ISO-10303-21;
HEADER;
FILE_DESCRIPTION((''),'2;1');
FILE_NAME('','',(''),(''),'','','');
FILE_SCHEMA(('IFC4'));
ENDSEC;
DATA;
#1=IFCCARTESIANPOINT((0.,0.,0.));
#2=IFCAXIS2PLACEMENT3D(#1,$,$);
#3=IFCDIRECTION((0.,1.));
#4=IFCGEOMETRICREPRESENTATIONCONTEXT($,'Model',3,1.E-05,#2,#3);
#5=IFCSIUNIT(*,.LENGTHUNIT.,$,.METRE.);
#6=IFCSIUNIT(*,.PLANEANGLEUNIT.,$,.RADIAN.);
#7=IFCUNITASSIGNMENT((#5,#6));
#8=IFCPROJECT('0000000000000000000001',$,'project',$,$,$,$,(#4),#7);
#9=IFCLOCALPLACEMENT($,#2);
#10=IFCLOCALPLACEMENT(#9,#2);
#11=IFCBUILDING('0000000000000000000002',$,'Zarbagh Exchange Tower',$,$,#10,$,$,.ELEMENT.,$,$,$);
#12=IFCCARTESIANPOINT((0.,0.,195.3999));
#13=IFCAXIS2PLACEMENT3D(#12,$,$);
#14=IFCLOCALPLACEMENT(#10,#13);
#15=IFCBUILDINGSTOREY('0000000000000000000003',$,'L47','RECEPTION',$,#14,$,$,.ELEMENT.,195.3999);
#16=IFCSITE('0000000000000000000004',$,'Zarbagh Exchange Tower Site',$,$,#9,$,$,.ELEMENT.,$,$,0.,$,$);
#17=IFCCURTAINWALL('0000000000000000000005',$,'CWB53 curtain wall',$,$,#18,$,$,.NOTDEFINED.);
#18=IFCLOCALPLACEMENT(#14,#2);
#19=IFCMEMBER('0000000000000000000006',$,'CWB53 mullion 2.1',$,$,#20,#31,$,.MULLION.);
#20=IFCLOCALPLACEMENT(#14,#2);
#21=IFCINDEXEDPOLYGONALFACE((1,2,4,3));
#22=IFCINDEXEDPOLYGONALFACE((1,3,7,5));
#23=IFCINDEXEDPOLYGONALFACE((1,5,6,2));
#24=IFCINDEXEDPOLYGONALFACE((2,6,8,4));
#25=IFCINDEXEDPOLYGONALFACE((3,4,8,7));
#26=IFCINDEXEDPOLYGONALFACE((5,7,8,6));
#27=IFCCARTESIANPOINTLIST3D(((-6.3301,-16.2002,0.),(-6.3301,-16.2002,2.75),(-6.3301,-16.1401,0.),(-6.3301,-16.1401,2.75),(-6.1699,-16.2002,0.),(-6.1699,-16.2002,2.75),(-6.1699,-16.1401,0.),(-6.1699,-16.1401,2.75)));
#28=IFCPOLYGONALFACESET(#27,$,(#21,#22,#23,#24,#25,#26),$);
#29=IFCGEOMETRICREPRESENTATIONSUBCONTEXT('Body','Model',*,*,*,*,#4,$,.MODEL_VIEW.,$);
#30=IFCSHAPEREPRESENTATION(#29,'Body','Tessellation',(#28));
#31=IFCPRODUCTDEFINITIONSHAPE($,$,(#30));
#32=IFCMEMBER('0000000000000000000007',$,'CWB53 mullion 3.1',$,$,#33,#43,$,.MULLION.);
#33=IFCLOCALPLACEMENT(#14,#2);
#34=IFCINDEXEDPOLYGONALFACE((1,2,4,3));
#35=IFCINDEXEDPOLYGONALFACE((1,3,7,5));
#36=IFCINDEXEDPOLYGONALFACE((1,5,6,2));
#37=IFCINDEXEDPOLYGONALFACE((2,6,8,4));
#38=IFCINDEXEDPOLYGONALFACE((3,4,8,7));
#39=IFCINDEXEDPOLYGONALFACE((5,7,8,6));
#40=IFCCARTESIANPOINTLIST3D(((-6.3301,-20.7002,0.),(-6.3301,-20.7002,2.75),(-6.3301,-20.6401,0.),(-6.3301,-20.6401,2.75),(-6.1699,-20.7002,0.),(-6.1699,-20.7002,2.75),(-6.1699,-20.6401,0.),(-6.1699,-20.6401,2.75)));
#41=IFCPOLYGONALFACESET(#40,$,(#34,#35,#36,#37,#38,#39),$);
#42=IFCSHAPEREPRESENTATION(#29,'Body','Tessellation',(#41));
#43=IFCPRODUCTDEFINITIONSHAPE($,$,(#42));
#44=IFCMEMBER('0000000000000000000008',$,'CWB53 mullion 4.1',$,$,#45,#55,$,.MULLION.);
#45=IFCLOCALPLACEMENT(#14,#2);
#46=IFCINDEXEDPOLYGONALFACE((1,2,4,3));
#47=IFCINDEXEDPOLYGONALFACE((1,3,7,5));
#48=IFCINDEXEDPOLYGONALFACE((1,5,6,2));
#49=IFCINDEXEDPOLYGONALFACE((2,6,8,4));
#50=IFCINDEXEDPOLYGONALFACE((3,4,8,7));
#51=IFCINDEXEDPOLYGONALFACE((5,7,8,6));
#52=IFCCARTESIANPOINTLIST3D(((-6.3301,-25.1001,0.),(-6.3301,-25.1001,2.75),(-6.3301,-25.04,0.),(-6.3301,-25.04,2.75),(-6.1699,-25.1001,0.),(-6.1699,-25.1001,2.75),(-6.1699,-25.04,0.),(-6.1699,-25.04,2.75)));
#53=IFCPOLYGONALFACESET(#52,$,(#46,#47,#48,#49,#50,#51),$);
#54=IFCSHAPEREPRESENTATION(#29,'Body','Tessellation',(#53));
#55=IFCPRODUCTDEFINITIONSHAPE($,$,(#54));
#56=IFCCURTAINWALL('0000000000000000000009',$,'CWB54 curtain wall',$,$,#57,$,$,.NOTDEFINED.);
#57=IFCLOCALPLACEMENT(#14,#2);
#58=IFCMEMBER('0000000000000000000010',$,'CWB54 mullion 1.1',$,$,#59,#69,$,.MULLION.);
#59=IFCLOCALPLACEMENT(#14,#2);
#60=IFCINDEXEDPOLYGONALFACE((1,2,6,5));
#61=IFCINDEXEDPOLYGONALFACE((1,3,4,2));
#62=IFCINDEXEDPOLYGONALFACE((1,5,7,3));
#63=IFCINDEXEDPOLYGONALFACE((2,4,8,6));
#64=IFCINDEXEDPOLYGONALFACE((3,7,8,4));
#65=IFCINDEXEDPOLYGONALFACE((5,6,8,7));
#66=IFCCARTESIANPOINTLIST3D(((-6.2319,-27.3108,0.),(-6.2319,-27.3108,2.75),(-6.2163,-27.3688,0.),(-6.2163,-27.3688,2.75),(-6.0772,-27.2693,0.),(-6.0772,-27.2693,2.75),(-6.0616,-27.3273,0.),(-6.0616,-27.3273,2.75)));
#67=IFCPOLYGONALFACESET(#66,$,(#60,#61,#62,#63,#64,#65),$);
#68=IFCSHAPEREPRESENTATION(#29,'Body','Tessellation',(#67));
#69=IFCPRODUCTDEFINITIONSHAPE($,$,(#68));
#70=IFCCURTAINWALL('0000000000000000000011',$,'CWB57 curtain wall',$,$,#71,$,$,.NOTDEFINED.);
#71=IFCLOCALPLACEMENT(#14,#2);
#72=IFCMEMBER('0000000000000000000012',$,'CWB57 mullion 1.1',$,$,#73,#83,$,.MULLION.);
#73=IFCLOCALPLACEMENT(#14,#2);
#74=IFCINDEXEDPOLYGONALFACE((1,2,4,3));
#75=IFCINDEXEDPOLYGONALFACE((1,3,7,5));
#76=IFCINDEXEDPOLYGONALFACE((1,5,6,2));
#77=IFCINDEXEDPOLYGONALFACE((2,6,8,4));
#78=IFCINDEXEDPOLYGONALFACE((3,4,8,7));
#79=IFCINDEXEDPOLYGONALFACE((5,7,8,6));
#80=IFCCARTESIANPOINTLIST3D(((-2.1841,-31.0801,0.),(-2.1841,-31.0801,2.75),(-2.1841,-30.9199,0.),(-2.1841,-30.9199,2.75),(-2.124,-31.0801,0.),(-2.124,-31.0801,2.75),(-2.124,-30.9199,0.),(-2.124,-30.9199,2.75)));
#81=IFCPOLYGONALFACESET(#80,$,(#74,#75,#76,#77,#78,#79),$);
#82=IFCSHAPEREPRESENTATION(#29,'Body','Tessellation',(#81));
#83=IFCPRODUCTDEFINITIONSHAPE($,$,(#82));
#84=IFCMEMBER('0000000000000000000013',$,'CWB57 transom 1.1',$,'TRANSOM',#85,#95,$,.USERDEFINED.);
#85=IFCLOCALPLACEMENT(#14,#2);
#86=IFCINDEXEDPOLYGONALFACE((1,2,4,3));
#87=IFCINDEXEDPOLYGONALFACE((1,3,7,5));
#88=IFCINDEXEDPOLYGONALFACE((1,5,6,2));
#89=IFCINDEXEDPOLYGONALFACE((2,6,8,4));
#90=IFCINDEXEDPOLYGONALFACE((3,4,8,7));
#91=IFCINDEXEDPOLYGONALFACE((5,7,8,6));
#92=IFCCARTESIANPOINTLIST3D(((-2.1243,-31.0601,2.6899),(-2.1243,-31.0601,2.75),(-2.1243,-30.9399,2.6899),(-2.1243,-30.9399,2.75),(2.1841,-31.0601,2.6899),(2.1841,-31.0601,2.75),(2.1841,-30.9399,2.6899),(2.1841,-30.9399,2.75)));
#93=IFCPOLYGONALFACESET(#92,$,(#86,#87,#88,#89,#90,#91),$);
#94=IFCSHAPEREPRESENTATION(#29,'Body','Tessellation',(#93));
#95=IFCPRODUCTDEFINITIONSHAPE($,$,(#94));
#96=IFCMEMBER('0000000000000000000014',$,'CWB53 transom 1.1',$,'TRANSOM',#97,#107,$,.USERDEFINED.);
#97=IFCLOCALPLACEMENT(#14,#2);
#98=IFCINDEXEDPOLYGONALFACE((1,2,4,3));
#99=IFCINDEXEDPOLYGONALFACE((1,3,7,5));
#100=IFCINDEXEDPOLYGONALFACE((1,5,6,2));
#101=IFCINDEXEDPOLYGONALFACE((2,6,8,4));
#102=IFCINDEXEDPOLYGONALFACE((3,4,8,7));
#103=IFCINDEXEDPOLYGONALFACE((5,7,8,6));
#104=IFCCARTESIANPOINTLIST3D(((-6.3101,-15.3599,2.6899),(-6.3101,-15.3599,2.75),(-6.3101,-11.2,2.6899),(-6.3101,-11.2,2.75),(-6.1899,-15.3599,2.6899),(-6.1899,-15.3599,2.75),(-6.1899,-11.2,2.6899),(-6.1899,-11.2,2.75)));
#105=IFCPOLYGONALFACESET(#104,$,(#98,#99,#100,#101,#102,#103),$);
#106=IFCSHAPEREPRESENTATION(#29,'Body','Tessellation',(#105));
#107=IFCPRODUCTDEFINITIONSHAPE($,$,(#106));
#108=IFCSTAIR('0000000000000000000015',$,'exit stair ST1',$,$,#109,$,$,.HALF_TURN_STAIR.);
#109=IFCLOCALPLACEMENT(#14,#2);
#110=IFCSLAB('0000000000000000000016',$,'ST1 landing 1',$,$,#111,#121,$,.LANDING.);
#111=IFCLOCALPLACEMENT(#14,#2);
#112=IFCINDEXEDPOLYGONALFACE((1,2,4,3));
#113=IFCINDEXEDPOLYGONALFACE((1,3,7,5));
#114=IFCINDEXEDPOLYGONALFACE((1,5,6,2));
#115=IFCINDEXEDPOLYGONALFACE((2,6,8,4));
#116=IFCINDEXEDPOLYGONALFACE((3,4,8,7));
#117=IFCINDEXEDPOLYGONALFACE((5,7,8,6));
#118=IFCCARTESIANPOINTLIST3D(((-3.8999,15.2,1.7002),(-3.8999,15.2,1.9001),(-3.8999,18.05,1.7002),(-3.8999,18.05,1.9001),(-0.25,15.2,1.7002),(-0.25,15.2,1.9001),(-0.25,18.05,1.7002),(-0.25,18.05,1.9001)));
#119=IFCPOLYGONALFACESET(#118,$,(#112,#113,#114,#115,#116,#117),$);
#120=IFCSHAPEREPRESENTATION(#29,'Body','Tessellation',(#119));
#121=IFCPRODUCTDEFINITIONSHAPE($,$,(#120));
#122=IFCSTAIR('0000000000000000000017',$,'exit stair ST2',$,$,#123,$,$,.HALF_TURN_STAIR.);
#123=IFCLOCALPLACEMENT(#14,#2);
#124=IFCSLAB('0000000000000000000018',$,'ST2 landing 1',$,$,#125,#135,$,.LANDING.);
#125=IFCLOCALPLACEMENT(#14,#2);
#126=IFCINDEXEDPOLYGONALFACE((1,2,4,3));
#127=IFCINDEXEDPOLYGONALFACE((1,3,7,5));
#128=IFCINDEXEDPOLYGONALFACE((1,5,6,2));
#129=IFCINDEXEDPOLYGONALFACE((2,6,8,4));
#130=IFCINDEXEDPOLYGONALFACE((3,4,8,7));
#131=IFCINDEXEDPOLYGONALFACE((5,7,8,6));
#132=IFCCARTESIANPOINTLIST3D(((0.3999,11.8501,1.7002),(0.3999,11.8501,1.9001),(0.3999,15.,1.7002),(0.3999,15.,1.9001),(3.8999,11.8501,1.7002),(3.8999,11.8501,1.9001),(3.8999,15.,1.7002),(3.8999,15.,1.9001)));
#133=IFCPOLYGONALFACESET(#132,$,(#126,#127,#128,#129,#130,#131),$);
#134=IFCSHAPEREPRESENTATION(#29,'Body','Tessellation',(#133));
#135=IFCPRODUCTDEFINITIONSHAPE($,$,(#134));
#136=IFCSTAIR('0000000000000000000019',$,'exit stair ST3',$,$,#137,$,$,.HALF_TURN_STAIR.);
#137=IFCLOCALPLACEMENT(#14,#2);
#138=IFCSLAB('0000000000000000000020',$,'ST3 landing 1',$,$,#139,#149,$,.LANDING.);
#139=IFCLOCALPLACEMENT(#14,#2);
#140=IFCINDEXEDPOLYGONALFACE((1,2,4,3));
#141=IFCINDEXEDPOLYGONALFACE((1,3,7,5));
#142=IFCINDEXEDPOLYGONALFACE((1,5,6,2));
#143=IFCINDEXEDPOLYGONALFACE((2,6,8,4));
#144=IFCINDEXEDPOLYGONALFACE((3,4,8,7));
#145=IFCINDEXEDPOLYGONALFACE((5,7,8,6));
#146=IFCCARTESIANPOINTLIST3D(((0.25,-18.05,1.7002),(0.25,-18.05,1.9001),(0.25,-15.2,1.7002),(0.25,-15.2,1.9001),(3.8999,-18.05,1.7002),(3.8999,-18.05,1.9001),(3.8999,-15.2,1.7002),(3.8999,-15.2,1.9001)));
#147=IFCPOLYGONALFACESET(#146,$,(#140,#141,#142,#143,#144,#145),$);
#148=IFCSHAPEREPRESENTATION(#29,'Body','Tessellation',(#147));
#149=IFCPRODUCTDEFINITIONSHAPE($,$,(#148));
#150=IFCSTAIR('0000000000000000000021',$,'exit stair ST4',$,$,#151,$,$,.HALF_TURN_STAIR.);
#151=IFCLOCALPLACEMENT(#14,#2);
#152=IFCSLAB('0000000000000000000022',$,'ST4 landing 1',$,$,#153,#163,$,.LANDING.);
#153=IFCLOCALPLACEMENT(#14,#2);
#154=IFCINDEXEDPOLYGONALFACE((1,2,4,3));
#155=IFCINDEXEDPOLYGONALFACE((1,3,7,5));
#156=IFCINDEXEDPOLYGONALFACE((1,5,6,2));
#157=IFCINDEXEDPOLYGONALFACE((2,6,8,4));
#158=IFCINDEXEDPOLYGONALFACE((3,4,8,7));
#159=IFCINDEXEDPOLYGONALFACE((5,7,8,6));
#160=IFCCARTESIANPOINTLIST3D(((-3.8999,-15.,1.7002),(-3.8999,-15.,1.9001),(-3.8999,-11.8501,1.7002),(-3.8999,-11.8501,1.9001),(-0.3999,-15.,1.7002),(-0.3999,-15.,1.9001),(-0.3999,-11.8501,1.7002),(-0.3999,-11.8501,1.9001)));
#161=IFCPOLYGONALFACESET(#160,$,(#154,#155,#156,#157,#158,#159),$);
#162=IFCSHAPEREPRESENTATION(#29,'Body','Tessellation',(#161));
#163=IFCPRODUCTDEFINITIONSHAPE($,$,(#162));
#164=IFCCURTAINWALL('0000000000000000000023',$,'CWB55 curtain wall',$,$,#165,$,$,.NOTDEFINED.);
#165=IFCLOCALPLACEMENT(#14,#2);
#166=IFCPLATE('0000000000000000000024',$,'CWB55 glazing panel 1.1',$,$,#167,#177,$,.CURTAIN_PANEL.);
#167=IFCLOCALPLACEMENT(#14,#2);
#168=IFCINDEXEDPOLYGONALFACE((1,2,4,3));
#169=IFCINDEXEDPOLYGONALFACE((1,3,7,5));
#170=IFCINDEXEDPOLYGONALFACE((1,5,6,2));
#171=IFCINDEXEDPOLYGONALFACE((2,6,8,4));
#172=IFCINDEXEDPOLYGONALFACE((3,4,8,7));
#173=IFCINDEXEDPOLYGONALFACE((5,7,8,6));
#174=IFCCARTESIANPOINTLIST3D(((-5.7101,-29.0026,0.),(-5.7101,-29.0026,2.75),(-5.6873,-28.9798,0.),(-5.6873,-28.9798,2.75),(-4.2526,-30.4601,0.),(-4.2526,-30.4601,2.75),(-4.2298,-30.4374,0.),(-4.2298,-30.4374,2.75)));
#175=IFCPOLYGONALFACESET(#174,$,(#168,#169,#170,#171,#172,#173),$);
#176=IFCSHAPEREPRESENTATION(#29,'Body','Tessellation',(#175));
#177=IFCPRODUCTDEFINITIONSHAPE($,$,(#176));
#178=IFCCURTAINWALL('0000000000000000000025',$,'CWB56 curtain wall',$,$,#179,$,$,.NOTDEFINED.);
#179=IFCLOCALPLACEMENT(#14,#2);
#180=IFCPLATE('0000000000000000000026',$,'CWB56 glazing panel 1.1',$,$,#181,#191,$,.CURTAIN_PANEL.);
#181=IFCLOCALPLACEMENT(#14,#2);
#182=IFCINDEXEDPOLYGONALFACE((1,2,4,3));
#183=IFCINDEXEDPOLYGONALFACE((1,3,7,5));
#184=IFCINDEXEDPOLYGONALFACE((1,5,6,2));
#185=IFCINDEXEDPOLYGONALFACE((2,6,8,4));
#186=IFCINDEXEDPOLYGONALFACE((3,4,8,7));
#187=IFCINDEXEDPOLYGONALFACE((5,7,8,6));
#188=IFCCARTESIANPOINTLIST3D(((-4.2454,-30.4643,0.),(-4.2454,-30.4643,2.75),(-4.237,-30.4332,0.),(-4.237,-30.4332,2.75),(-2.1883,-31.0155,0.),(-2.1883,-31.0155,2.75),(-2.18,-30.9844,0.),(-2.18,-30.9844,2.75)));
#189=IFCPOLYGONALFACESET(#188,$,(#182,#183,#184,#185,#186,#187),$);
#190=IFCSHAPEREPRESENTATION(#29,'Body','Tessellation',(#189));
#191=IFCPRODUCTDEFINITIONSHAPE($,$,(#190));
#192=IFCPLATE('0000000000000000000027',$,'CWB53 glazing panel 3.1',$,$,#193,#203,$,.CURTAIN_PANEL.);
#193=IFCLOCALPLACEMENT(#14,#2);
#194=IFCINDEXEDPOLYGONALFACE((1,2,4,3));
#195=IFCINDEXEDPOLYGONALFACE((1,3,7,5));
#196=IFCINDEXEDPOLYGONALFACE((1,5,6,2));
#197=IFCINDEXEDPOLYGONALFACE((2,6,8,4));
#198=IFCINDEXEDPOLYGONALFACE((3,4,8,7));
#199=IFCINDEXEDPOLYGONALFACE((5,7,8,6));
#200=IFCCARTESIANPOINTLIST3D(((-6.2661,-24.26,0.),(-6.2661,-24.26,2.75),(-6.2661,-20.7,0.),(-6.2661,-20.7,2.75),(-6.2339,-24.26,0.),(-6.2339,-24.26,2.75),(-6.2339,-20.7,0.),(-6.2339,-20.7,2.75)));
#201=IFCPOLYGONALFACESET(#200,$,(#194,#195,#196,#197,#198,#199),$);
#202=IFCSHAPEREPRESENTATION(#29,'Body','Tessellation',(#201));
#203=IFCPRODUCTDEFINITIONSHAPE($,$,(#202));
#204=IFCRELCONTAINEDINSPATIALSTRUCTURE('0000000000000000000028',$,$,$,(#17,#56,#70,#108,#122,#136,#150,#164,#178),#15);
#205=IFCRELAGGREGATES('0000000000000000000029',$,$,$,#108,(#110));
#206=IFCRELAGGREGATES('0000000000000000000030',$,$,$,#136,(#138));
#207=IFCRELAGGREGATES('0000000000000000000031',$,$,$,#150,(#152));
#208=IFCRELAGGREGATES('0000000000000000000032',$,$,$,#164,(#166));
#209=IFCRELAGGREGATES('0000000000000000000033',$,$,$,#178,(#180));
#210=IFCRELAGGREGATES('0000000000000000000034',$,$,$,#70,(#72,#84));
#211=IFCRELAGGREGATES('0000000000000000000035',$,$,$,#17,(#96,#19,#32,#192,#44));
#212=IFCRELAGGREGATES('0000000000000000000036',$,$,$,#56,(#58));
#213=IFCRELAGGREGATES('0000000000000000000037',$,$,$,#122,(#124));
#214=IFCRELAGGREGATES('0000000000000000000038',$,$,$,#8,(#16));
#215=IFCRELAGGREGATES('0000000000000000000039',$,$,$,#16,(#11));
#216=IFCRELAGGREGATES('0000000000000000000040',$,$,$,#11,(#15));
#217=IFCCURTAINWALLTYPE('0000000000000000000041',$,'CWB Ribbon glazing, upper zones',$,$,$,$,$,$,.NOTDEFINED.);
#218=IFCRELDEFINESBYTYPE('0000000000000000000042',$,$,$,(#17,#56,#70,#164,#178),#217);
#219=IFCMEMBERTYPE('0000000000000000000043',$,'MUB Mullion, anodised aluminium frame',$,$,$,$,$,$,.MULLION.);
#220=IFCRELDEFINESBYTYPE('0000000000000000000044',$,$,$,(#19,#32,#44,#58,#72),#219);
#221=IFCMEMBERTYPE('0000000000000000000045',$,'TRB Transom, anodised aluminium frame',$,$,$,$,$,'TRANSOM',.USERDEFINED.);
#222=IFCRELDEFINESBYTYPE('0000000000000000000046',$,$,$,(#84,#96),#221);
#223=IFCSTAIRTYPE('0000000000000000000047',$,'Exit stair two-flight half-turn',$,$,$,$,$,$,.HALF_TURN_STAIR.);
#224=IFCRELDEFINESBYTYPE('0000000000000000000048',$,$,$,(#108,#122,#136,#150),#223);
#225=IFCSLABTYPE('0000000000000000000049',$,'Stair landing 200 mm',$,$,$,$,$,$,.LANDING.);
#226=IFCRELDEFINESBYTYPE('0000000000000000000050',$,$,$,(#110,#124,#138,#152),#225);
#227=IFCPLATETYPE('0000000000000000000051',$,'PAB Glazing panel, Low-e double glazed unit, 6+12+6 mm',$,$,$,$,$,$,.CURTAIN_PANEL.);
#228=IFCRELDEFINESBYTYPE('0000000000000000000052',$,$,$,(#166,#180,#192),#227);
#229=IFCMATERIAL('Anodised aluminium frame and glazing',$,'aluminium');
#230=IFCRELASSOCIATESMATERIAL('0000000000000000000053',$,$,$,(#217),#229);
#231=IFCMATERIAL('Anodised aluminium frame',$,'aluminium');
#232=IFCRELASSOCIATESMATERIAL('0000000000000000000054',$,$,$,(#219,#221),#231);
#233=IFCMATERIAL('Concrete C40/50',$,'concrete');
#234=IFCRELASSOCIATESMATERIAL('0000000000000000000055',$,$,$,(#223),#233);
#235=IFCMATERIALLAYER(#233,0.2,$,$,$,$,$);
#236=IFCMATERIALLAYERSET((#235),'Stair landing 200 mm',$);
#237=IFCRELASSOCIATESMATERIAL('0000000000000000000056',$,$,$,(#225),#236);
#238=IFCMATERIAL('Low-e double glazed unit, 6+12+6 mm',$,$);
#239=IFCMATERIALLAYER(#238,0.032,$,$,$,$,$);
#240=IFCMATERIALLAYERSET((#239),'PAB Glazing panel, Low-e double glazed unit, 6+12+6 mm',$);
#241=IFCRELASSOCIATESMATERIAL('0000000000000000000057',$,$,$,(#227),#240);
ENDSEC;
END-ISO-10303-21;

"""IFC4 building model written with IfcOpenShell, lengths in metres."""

from ifc_helpers import new_model, si_unit, direction, frame, origin, place, context, subcontext, project, spatial, polyline, outline, extrude, source, transform, mapped, material, layer, layer_set, type_object, element, aggregate, save


model = new_model("IFC4")

# Units and contexts
model_context = context("Model", 3, precision=1e-05, world=origin(), true_north=direction((0.0, 1.0)))
body_context = subcontext(model_context, "Body", "Model", "MODEL_VIEW")
ifc_project = project(units=[si_unit("LENGTHUNIT", "METRE"), si_unit("PLANEANGLEUNIT", "RADIAN")], contexts=[model_context])

# Site, building, storey
site_placement = place(None, origin())
site = spatial("IfcSite", under=ifc_project, at=site_placement, Name="Zarbagh Exchange Tower Site", CompositionType="ELEMENT", RefElevation=0.0)
building_placement = place(site_placement, origin())
building = spatial("IfcBuilding", under=site, at=building_placement, Name="Zarbagh Exchange Tower", CompositionType="ELEMENT")
storey_placement = place(building_placement, frame((0.0, 0.0, 195.3999)))
storey = spatial("IfcBuildingStorey", under=building, at=storey_placement, Name="L47", Description="RECEPTION", CompositionType="ELEMENT", Elevation=195.3999)

# Curtain wall, members
ifc_material_1 = material(Name="Anodised aluminium frame and glazing", Category="aluminium")
curtain_wall_type = type_object("IfcCurtainWallType", Name="CWB Ribbon glazing, upper zones", PredefinedType="NOTDEFINED", material=ifc_material_1)
curtain_wall_1_placement = place(storey_placement, origin())
curtain_wall_1 = element("IfcCurtainWall", 1, at=curtain_wall_1_placement, inside=storey, type_object=curtain_wall_type, Name="CWB53 curtain wall", PredefinedType="NOTDEFINED")
ifc_material_2 = material(Name="Anodised aluminium frame", Category="aluminium")
member_type_1 = type_object("IfcMemberType", Name="MUB Mullion, anodised aluminium frame", PredefinedType="MULLION", material=ifc_material_2)
shared_shape_1 = source(origin(), body_context, "Body", "SweptSolid", [
    extrude(outline(polyline([(0.0, -0.0801), (0.0601, -0.0801), (0.0601, 0.0801), (0.0, 0.0801), (0.0, -0.0801)])), origin(), (0.0, 0.0, 1.0), 2.75),
])
placement = place(storey_placement, origin())
member_1 = element("IfcMember", 2, at=placement, type_object=member_type_1, Name="CWB53 mullion 2.1", PredefinedType="MULLION", context=body_context, shape_type="MappedRepresentation", body=[
    mapped(shared_shape_1, transform((-6.25, -16.1401, 0.0), x_axis=(0.0, -1.0, 0.0), y_axis=(1.0, 0.0, 0.0), z_axis=(0.0, 0.0, 1.0))),
])
member_2 = element("IfcMember", 3, at=placement, type_object=member_type_1, Name="CWB53 mullion 3.1", PredefinedType="MULLION", context=body_context, shape_type="MappedRepresentation", body=[
    mapped(shared_shape_1, transform((-6.25, -20.6401, 0.0), x_axis=(0.0, -1.0, 0.0), y_axis=(1.0, 0.0, 0.0), z_axis=(0.0, 0.0, 1.0))),
])
member_3 = element("IfcMember", 4, at=placement, type_object=member_type_1, Name="CWB53 mullion 4.1", PredefinedType="MULLION", context=body_context, shape_type="MappedRepresentation", body=[
    mapped(shared_shape_1, transform((-6.25, -25.04, 0.0), x_axis=(0.0, -1.0, 0.0), y_axis=(1.0, 0.0, 0.0), z_axis=(0.0, 0.0, 1.0))),
])

# Curtain wall, member
curtain_wall_2_placement = place(storey_placement, origin())
curtain_wall_2 = element("IfcCurtainWall", 5, at=curtain_wall_2_placement, inside=storey, type_object=curtain_wall_type, Name="CWB54 curtain wall", PredefinedType="NOTDEFINED")
member_4 = element("IfcMember", 6, at=placement, type_object=member_type_1, Name="CWB54 mullion 1.1", PredefinedType="MULLION", context=body_context, shape_type="MappedRepresentation", body=[
    mapped(shared_shape_1, transform((-6.1545, -27.29, 0.0), x_axis=(0.258825, -0.965924, 0.0), y_axis=(0.965924, 0.258825, 0.0), z_axis=(0.0, 0.0, 1.0))),
])

# Curtain wall, members
curtain_wall_3_placement = place(storey_placement, origin())
curtain_wall_3 = element("IfcCurtainWall", 7, at=curtain_wall_3_placement, inside=storey, type_object=curtain_wall_type, Name="CWB57 curtain wall", PredefinedType="NOTDEFINED")
member_5 = element("IfcMember", 8, at=placement, type_object=member_type_1, Name="CWB57 mullion 1.1", PredefinedType="MULLION", context=body_context, shape_type="MappedRepresentation", body=[
    mapped(shared_shape_1, transform((-2.1841, -31.0, 0.0), x_axis=(1.0, 0.0, 0.0), y_axis=(0.0, 1.0, 0.0), z_axis=(0.0, 0.0, 1.0))),
])
member_type_2 = type_object("IfcMemberType", Name="TRB Transom, anodised aluminium frame", ElementType="TRANSOM", PredefinedType="USERDEFINED", material=ifc_material_2)
shared_shape_2 = source(origin(), body_context, "Body", "SweptSolid", [
    extrude(outline(polyline([(-0.0601, -0.0601), (0.0, -0.0601), (0.0, 0.0601), (-0.0601, 0.0601), (-0.0601, -0.0601)])), origin(), (0.0, 0.0, 1.0), 4.3083),
])
member_6 = element("IfcMember", 9, at=placement, type_object=member_type_2, Name="CWB57 transom 1.1", ObjectType="TRANSOM", PredefinedType="USERDEFINED", context=body_context, shape_type="MappedRepresentation", body=[
    mapped(shared_shape_2, transform((-2.1243, -31.0, 2.75), x_axis=(0.0, 0.0, 1.0), y_axis=(0.0, -1.0, 0.0), z_axis=(1.0, 0.0, 0.0))),
])

# Member
shared_shape_3 = source(origin(), body_context, "Body", "SweptSolid", [
    extrude(outline(polyline([(-0.0601, -0.0601), (0.0, -0.0601), (0.0, 0.0601), (-0.0601, 0.0601), (-0.0601, -0.0601)])), origin(), (0.0, 0.0, 1.0), 4.1599),
])
member_7 = element("IfcMember", 10, at=placement, type_object=member_type_2, Name="CWB53 transom 1.1", ObjectType="TRANSOM", PredefinedType="USERDEFINED", context=body_context, shape_type="MappedRepresentation", body=[
    mapped(shared_shape_3, transform((-6.25, -11.2, 2.75), x_axis=(0.0, 0.0, 1.0), y_axis=(-1.0, 0.0, 0.0), z_axis=(0.0, -1.0, 0.0))),
])

# Stairs, slabs
ifc_material_3 = material(Name="Concrete C40/50", Category="concrete")
stair_type = type_object("IfcStairType", Name="Exit stair two-flight half-turn", PredefinedType="HALF_TURN_STAIR", material=ifc_material_3)
stair_1_placement = place(storey_placement, origin())
stair_1 = element("IfcStair", 11, at=stair_1_placement, inside=storey, type_object=stair_type, Name="exit stair ST1", PredefinedType="HALF_TURN_STAIR")
ifc_layer_1 = layer(ifc_material_3, 0.2)
ifc_layer_set_1 = layer_set([ifc_layer_1], Name="Stair landing 200 mm")
slab_type = type_object("IfcSlabType", Name="Stair landing 200 mm", PredefinedType="LANDING", material=ifc_layer_set_1)
slab_1_placement = place(storey_placement, frame((0.0, 0.0, 1.7002)))
slab_1 = element("IfcSlab", 12, at=slab_1_placement, type_object=slab_type, Name="ST1 landing 1", PredefinedType="LANDING", context=body_context, shape_type="SweptSolid", body=[
    extrude(outline(polyline([(-0.25, 18.05), (-3.8999, 18.05), (-3.8999, 15.2), (-0.25, 15.2), (-0.25, 18.05)])), origin(), (0.0, 0.0, 1.0), 0.2),
])
aggregate(stair_1, [slab_1])
stair_2_placement = place(storey_placement, origin())
stair_2 = element("IfcStair", 13, at=stair_2_placement, inside=storey, type_object=stair_type, Name="exit stair ST2", PredefinedType="HALF_TURN_STAIR")
slab_2_placement = place(storey_placement, frame((0.0, 0.0, 1.7002)))
slab_2 = element("IfcSlab", 14, at=slab_2_placement, type_object=slab_type, Name="ST2 landing 1", PredefinedType="LANDING", context=body_context, shape_type="SweptSolid", body=[
    extrude(outline(polyline([(0.3999, 11.8501), (3.8999, 11.8501), (3.8999, 15.0), (0.3999, 15.0), (0.3999, 11.8501)])), origin(), (0.0, 0.0, 1.0), 0.2),
])
stair_3_placement = place(storey_placement, origin())
stair_3 = element("IfcStair", 15, at=stair_3_placement, inside=storey, type_object=stair_type, Name="exit stair ST3", PredefinedType="HALF_TURN_STAIR")
slab_3_placement = place(storey_placement, frame((0.0, 0.0, 1.7002)))
slab_3 = element("IfcSlab", 16, at=slab_3_placement, type_object=slab_type, Name="ST3 landing 1", PredefinedType="LANDING", context=body_context, shape_type="SweptSolid", body=[
    extrude(outline(polyline([(0.25, -18.05), (3.8999, -18.05), (3.8999, -15.2), (0.25, -15.2), (0.25, -18.05)])), origin(), (0.0, 0.0, 1.0), 0.2),
])
aggregate(stair_3, [slab_3])
stair_4_placement = place(storey_placement, origin())
stair_4 = element("IfcStair", 17, at=stair_4_placement, inside=storey, type_object=stair_type, Name="exit stair ST4", PredefinedType="HALF_TURN_STAIR")
slab_4_placement = place(storey_placement, frame((0.0, 0.0, 1.7002)))
slab_4 = element("IfcSlab", 18, at=slab_4_placement, type_object=slab_type, Name="ST4 landing 1", PredefinedType="LANDING", context=body_context, shape_type="SweptSolid", body=[
    extrude(outline(polyline([(-0.3999, -11.8501), (-3.8999, -11.8501), (-3.8999, -15.0), (-0.3999, -15.0), (-0.3999, -11.8501)])), origin(), (0.0, 0.0, 1.0), 0.2),
])
aggregate(stair_4, [slab_4])

# Curtain walls, plates
curtain_wall_4_placement = place(storey_placement, origin())
curtain_wall_4 = element("IfcCurtainWall", 19, at=curtain_wall_4_placement, inside=storey, type_object=curtain_wall_type, Name="CWB55 curtain wall", PredefinedType="NOTDEFINED")
ifc_material_4 = material(Name="Low-e double glazed unit, 6+12+6 mm")
ifc_layer_2 = layer(ifc_material_4, 0.032)
ifc_layer_set_2 = layer_set([ifc_layer_2], Name="PAB Glazing panel, Low-e double glazed unit, 6+12+6 mm")
plate_type = type_object("IfcPlateType", Name="PAB Glazing panel, Low-e double glazed unit, 6+12+6 mm", PredefinedType="CURTAIN_PANEL", material=ifc_layer_set_2)
shared_shape_4 = source(origin(), body_context, "Body", "SweptSolid", [
    extrude(outline(polyline([(0.0, -0.0161), (2.0613, -0.0161), (2.0613, 0.0161), (0.0, 0.0161), (0.0, -0.0161)])), origin(), (0.0, 0.0, 1.0), 2.75),
])
plate_1 = element("IfcPlate", 20, at=placement, type_object=plate_type, Name="CWB55 glazing panel 1.1", PredefinedType="CURTAIN_PANEL", context=body_context, shape_type="MappedRepresentation", body=[
    mapped(shared_shape_4, transform((-5.6987, -28.9912, 0.0), x_axis=(0.707107, -0.707107, 0.0), y_axis=(0.707107, 0.707107, 0.0), z_axis=(0.0, 0.0, 1.0))),
])
aggregate(curtain_wall_4, [plate_1])
curtain_wall_5_placement = place(storey_placement, origin())
curtain_wall_5 = element("IfcCurtainWall", 21, at=curtain_wall_5_placement, inside=storey, type_object=curtain_wall_type, Name="CWB56 curtain wall", PredefinedType="NOTDEFINED")
shared_shape_5 = source(origin(), body_context, "Body", "SweptSolid", [
    extrude(outline(polyline([(0.0, -0.0161), (2.1296, -0.0161), (2.1296, 0.0161), (0.0, 0.0161), (0.0, -0.0161)])), origin(), (0.0, 0.0, 1.0), 2.75),
])
plate_2 = element("IfcPlate", 22, at=placement, type_object=plate_type, Name="CWB56 glazing panel 1.1", PredefinedType="CURTAIN_PANEL", context=body_context, shape_type="MappedRepresentation", body=[
    mapped(shared_shape_5, transform((-4.2412, -30.4487, 0.0), x_axis=(0.965924, -0.258825, 0.0), y_axis=(0.258825, 0.965924, 0.0), z_axis=(0.0, 0.0, 1.0))),
])
aggregate(curtain_wall_5, [plate_2])

# Plate
shared_shape_6 = source(origin(), body_context, "Body", "SweptSolid", [
    extrude(outline(polyline([(0.0, -0.0161), (3.5601, -0.0161), (3.5601, 0.0161), (0.0, 0.0161), (0.0, -0.0161)])), origin(), (0.0, 0.0, 1.0), 2.75),
])
plate_3 = element("IfcPlate", 23, at=placement, type_object=plate_type, Name="CWB53 glazing panel 3.1", PredefinedType="CURTAIN_PANEL", context=body_context, shape_type="MappedRepresentation", body=[
    mapped(shared_shape_6, transform((-6.25, -20.7, 0.0), x_axis=(0.0, -1.0, 0.0), y_axis=(1.0, 0.0, 0.0), z_axis=(0.0, 0.0, 1.0))),
])
aggregate(curtain_wall_3, [member_5, member_6])
aggregate(curtain_wall_1, [member_7, member_1, member_2, plate_3, member_3])
aggregate(curtain_wall_2, [member_4])

aggregate(stair_2, [slab_2])

save(model, "model.ifc")
